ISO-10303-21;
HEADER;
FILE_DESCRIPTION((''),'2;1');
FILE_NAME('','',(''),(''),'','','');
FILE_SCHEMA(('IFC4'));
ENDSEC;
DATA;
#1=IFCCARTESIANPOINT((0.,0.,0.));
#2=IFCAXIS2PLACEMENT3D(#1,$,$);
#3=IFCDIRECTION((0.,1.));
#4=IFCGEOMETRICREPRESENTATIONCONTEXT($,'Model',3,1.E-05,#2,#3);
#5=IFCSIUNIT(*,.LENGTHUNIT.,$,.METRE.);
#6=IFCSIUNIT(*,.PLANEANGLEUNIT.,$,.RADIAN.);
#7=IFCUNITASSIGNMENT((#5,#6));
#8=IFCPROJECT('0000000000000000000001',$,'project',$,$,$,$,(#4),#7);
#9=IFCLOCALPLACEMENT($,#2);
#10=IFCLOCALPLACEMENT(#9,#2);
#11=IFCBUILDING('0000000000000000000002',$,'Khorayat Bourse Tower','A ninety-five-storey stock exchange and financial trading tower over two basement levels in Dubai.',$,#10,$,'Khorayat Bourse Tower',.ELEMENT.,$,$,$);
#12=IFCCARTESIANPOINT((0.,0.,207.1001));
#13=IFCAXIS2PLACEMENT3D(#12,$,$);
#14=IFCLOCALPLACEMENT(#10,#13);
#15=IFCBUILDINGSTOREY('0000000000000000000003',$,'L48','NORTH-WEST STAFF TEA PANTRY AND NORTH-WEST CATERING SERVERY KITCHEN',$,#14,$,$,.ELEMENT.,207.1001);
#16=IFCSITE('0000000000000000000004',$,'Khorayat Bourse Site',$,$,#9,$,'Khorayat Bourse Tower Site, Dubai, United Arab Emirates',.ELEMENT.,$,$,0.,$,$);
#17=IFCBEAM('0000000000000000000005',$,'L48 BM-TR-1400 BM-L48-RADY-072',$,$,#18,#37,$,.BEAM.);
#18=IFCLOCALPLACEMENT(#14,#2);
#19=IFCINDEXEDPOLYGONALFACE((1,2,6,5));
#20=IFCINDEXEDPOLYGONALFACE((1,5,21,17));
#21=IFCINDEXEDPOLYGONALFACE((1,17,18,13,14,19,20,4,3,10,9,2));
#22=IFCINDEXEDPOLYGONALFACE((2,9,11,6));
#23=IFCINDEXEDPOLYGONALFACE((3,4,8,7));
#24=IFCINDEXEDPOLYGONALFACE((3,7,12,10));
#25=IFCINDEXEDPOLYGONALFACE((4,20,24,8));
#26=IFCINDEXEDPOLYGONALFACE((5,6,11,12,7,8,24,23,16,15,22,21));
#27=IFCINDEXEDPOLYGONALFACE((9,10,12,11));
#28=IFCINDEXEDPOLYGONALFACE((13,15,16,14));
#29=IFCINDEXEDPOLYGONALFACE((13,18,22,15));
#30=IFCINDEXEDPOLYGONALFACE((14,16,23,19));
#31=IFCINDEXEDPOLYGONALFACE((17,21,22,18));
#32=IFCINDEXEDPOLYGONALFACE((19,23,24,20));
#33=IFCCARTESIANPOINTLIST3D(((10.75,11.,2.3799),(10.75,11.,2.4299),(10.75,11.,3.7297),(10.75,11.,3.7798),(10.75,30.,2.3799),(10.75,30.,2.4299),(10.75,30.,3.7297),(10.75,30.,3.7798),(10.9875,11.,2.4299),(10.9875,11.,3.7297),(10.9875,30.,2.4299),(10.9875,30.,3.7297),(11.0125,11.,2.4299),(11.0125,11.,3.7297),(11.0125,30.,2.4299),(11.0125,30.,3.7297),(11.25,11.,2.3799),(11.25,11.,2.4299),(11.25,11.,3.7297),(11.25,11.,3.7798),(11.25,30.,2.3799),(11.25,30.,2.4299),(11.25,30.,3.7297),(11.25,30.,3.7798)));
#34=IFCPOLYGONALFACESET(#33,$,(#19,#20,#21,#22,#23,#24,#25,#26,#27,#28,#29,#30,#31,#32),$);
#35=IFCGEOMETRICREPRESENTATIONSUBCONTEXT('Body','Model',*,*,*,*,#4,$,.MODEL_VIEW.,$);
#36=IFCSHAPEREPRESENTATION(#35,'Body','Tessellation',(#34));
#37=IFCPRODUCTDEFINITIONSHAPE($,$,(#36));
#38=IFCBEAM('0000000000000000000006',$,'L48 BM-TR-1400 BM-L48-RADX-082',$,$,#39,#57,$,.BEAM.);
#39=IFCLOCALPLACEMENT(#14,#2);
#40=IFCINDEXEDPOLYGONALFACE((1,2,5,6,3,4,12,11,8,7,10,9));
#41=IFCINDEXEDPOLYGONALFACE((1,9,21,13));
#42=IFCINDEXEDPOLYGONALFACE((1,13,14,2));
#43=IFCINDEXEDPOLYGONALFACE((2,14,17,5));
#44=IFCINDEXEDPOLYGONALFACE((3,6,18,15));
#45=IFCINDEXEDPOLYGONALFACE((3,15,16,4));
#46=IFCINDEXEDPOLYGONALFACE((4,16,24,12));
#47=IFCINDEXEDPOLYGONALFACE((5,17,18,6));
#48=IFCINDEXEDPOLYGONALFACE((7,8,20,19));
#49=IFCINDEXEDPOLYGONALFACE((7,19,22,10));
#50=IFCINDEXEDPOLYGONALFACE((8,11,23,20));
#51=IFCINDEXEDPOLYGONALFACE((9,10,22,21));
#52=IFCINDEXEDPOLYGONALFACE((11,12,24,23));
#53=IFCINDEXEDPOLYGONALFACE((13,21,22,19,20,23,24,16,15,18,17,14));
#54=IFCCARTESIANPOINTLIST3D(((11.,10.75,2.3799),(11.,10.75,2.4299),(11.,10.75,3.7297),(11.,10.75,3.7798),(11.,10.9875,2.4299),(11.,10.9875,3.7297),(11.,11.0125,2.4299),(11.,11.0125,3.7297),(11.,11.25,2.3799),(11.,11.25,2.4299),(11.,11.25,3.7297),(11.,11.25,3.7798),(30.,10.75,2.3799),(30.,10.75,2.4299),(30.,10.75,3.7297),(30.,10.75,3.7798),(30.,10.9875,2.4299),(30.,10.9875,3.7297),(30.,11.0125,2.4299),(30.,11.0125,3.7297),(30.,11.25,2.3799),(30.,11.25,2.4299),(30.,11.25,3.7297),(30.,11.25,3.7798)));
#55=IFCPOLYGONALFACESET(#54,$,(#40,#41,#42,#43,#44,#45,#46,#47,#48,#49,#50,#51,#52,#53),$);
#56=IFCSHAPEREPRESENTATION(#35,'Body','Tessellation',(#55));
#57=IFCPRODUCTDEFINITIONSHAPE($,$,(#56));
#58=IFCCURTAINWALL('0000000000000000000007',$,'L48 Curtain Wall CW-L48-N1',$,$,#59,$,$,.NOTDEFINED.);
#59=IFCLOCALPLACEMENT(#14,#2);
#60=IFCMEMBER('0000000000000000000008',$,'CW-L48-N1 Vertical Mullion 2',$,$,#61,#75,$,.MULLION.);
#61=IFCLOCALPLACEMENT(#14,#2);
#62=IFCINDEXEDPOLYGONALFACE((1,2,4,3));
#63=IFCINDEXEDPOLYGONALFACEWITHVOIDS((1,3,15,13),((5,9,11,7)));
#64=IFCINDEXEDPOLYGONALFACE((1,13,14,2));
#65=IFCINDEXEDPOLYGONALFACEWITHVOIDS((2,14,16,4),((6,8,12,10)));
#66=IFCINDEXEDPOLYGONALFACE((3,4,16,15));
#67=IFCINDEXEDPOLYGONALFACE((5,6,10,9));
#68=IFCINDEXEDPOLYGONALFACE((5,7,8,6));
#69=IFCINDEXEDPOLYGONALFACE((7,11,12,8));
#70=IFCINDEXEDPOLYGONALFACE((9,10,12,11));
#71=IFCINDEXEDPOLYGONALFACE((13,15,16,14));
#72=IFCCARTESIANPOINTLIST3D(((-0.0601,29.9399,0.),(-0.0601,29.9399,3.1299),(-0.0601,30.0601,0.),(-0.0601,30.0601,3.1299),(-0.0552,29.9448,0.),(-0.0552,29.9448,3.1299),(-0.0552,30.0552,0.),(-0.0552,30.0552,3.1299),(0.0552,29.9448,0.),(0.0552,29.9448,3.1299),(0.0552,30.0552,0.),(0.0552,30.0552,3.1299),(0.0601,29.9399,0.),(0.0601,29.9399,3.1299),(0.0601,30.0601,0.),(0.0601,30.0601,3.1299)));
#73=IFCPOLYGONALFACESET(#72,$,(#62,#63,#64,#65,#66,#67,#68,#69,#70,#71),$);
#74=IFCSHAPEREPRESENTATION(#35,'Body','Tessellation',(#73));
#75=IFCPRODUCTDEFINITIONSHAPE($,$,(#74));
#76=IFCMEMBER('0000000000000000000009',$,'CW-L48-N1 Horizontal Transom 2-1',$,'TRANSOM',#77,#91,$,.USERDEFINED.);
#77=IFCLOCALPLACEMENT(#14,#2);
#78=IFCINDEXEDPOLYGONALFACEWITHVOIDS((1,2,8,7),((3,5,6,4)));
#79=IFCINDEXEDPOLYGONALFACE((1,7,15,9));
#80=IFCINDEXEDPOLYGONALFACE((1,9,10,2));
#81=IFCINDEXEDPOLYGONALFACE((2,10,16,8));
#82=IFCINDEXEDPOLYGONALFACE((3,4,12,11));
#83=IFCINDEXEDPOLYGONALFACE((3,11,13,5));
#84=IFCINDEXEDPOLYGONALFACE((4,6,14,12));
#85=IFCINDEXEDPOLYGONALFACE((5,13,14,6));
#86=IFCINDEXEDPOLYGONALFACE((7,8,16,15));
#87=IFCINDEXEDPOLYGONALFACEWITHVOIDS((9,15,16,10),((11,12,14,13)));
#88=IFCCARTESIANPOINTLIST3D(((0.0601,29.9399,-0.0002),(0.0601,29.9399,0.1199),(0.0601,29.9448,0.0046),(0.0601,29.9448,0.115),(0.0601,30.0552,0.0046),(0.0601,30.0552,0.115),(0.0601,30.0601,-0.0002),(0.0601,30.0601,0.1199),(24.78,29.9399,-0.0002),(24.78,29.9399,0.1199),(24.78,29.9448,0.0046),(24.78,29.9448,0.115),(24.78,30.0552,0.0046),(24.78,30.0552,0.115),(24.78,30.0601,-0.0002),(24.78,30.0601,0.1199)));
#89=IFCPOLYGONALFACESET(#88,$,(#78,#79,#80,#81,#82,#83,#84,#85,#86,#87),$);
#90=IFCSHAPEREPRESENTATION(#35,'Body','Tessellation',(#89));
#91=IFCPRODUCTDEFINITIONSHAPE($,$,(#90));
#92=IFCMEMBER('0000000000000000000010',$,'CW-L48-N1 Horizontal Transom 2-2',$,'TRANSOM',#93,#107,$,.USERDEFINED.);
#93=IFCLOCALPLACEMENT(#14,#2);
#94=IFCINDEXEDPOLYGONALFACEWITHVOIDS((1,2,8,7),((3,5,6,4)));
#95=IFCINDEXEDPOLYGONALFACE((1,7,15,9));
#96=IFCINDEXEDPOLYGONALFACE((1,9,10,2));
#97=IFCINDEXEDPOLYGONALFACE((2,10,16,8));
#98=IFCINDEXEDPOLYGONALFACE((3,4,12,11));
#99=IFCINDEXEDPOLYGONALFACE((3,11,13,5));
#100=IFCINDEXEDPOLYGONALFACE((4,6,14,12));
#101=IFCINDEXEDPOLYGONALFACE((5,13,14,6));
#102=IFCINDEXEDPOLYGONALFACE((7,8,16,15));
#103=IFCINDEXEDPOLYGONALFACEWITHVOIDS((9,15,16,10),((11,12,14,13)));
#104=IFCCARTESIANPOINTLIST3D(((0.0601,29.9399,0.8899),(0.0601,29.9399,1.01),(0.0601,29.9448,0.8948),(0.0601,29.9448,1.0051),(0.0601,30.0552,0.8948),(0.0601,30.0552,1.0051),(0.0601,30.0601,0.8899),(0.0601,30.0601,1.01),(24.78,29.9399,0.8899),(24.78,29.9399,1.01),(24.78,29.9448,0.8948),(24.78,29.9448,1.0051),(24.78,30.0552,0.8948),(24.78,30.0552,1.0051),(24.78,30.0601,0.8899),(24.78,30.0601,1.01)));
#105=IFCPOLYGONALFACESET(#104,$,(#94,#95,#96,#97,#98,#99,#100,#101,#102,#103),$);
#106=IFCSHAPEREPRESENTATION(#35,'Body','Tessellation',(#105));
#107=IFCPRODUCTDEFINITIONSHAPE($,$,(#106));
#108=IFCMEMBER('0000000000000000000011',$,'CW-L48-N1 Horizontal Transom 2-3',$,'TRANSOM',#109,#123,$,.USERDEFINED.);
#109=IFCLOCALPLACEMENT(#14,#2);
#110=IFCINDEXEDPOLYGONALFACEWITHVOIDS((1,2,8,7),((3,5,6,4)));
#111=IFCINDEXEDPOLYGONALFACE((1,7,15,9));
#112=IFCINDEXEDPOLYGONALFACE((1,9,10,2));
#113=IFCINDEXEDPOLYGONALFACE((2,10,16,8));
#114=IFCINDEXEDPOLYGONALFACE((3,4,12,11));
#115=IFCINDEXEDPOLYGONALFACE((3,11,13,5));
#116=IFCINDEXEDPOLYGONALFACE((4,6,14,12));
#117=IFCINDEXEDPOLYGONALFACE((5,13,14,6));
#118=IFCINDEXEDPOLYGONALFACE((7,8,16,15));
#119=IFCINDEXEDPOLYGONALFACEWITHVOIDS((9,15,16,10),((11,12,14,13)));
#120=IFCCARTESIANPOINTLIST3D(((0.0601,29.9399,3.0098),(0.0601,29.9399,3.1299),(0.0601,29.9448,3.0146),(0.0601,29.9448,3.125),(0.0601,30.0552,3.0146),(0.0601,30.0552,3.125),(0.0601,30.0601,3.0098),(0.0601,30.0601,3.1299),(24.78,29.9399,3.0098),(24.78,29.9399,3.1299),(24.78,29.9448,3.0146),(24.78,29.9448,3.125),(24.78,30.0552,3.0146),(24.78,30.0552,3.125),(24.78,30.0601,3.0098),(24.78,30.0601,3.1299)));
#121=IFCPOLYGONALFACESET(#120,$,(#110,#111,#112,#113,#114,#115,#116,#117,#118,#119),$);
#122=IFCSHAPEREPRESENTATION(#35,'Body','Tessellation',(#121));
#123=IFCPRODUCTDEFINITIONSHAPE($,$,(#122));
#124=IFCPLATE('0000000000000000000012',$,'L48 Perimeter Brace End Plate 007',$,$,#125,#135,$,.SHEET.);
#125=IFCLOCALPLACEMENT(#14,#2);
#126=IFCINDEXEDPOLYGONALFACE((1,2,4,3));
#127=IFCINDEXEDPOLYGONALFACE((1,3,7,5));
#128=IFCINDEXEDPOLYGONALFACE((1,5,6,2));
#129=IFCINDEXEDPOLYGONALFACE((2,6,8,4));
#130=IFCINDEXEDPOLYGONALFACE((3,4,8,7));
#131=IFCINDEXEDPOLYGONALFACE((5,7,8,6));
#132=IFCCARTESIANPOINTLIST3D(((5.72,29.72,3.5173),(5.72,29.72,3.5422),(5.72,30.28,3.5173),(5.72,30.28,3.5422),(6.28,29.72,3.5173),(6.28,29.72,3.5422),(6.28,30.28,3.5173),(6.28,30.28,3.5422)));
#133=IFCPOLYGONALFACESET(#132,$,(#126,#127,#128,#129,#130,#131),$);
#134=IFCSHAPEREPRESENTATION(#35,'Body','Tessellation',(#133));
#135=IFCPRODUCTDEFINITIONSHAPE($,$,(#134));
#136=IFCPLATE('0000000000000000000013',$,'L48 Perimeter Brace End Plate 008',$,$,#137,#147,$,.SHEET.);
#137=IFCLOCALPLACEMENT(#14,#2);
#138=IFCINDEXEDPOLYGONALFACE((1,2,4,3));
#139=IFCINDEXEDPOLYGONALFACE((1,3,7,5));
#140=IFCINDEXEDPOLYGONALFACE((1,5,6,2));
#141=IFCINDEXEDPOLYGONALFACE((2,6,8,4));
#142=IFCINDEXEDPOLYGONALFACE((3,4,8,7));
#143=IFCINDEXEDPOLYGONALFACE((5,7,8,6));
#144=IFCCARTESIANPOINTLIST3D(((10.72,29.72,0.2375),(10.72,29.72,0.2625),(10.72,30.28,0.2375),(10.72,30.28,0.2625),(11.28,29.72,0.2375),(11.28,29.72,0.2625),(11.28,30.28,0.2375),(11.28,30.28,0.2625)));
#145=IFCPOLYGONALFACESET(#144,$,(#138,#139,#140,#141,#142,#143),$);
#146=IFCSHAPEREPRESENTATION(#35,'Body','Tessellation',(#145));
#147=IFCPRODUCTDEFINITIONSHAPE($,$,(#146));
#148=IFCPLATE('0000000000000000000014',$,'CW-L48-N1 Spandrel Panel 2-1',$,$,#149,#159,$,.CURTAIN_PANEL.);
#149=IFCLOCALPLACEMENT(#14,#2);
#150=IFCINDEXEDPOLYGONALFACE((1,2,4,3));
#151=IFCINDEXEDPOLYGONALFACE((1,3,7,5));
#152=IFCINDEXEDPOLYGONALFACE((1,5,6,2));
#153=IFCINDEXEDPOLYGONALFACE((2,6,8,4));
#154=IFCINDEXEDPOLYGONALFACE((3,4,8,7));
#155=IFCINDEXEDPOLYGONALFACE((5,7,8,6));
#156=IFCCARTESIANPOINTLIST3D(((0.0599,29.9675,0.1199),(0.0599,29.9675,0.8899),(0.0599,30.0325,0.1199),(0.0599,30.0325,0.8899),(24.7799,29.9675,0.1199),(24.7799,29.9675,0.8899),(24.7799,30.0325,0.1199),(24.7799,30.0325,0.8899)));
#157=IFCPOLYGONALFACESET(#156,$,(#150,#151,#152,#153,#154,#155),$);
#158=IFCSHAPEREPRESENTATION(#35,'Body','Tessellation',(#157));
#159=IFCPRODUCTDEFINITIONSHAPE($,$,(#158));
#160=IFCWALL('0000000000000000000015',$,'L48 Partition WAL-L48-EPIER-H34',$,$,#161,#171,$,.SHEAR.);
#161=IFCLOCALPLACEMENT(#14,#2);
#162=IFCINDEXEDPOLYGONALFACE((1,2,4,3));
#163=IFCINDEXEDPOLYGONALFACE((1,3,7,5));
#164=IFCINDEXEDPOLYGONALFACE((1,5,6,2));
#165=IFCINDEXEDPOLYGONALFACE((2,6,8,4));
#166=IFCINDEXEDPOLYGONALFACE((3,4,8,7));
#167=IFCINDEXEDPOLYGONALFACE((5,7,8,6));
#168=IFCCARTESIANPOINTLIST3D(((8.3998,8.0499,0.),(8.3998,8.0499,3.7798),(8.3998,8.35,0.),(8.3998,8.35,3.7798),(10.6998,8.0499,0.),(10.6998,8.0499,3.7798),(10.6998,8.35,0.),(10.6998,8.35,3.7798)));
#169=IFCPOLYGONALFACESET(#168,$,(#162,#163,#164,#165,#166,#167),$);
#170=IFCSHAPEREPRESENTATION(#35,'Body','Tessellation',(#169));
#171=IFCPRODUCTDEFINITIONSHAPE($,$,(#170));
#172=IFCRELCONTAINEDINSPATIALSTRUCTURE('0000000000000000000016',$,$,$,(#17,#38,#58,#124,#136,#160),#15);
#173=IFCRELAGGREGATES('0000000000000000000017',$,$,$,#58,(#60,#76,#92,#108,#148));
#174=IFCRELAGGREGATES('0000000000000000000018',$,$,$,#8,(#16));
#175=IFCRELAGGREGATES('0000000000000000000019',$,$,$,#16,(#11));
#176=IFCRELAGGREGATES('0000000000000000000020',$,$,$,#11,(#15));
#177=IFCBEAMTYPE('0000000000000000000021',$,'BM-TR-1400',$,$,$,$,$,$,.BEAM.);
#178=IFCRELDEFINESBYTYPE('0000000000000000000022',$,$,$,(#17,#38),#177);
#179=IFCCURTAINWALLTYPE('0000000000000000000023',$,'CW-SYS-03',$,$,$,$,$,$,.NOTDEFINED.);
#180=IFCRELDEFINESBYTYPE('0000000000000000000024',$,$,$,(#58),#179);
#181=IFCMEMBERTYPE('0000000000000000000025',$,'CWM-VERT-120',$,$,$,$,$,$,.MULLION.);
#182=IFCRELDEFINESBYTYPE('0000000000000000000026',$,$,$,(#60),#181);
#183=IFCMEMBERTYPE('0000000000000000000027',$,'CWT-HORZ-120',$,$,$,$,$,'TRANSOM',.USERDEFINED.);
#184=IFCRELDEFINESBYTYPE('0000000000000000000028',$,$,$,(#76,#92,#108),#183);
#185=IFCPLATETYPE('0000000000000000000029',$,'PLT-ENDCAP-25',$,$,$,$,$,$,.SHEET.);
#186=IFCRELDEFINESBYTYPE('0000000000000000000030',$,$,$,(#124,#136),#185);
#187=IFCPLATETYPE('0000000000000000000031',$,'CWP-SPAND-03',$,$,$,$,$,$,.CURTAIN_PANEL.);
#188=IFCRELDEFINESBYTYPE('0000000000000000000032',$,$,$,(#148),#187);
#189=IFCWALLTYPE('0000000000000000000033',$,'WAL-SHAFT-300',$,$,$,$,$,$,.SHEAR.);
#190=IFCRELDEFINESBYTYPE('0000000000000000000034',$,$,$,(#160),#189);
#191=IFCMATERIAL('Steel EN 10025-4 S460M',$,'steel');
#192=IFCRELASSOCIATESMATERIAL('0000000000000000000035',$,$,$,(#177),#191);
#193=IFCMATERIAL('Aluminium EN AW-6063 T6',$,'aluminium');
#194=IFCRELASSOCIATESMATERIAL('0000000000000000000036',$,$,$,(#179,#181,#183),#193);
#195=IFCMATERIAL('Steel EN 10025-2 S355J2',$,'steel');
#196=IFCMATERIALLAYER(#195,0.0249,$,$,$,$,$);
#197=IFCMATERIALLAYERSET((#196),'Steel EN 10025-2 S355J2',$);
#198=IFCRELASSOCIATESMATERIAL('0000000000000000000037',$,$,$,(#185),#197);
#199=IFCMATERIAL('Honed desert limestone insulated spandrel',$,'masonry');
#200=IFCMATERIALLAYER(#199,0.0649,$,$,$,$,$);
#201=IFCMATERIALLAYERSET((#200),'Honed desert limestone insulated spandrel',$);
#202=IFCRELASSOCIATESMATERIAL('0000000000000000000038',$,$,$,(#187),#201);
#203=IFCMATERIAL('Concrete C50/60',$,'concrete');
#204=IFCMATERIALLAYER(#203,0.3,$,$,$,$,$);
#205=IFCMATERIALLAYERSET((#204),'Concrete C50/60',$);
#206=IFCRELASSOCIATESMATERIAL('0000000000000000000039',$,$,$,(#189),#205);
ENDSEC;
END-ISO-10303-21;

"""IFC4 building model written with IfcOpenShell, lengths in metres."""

from ifc_helpers import new_model, si_unit, direction, frame, frame_2d, origin, origin_2d, place, context, subcontext, project, spatial, rectangle, hollow_rectangle, i_section, extrude, source, transform, mapped, material, layer, layer_set, material_profile, profile_set, type_object, element, aggregate, save


model = new_model("IFC4")

# Units and contexts
model_context = context("Model", 3, precision=1e-05, world=origin(), true_north=direction((0.0, 1.0)))
body_context = subcontext(model_context, "Body", "Model", "MODEL_VIEW")
ifc_project = project(units=[si_unit("LENGTHUNIT", "METRE"), si_unit("PLANEANGLEUNIT", "RADIAN")], contexts=[model_context])

# Site, building, storey
site_placement = place(None, origin())
site = spatial("IfcSite", under=ifc_project, at=site_placement, Name="Khorayat Bourse Site", LongName="Khorayat Bourse Tower Site, Dubai, United Arab Emirates", CompositionType="ELEMENT", RefElevation=0.0)
building_placement = place(site_placement, origin())
building = spatial("IfcBuilding", under=site, at=building_placement, Name="Khorayat Bourse Tower", Description="A ninety-five-storey stock exchange and financial trading tower over two basement levels in Dubai.", LongName="Khorayat Bourse Tower", CompositionType="ELEMENT")
storey_placement = place(building_placement, frame((0.0, 0.0, 207.1001)))
storey = spatial("IfcBuildingStorey", under=building, at=storey_placement, Name="L48", Description="NORTH-WEST STAFF TEA PANTRY AND NORTH-WEST CATERING SERVERY KITCHEN", CompositionType="ELEMENT", Elevation=207.1001)

# Shared definitions
ifc_material_1 = material(Name="Steel EN 10025-4 S460M", Category="steel")

# Beams
ifc_material_profile_1 = material_profile(ifc_material_1, i_section(OverallWidth=0.5, OverallDepth=1.3999, WebThickness=0.0249, FlangeThickness=0.05, at=origin_2d()), Name="PG 1400x500x25x50")
ifc_profile_set_1 = profile_set([ifc_material_profile_1], Name="Steel EN 10025-4 S460M")
beam_type_1 = type_object("IfcBeamType", Name="BM-TR-1400", PredefinedType="BEAM", material=ifc_profile_set_1)
shared_shape_1 = source(origin(), body_context, "Body", "SweptSolid", [
    extrude(i_section(OverallWidth=0.5, OverallDepth=1.3999, WebThickness=0.0249, FlangeThickness=0.05, at=origin_2d()), origin(), (0.0, 0.0, 1.0), 19.0),
])
for number, where, z_axis, x_axis, name in (
    (1, (11.0, 11.0, 3.0798), (0.0, 1.0, 0.0), (-1.0, 0.0, 0.0), "L48 BM-TR-1400 BM-L48-RADY-072"),
    (2, (11.0, 11.0, 3.0798), (1.0, 0.0, 0.0), (0.0, 1.0, 0.0), "L48 BM-TR-1400 BM-L48-RADX-082"),
):
    element("IfcBeam", number, at=place(storey_placement, frame(where, z_axis=z_axis, x_axis=x_axis)), inside=storey, type_object=beam_type_1, Name=name, PredefinedType="BEAM", context=body_context, shape_type="MappedRepresentation", body=[
        mapped(shared_shape_1, transform((0.0, 0.0, 0.0), scale=1.0)),
    ])

# Curtain wall, members
ifc_material_2 = material(Name="Aluminium EN AW-6063 T6", Category="aluminium")
curtain_wall_type = type_object("IfcCurtainWallType", Name="CW-SYS-03", PredefinedType="NOTDEFINED", material=ifc_material_2)
curtain_wall_placement = place(storey_placement, origin())
curtain_wall = element("IfcCurtainWall", 3, at=curtain_wall_placement, inside=storey, type_object=curtain_wall_type, Name="L48 Curtain Wall CW-L48-N1", PredefinedType="NOTDEFINED")
ifc_material_profile_2 = material_profile(ifc_material_2, hollow_rectangle(XDim=0.1201, YDim=0.1201, WallThickness=0.0049, at=origin_2d()), Name="ALU 120x120x5")
ifc_profile_set_2 = profile_set([ifc_material_profile_2], Name="Aluminium EN AW-6063 T6")
member_type_1 = type_object("IfcMemberType", Name="CWM-VERT-120", PredefinedType="MULLION", material=ifc_profile_set_2)
shared_shape_2 = source(origin(), body_context, "Body", "SweptSolid", [
    extrude(hollow_rectangle(XDim=0.1201, YDim=0.1201, WallThickness=0.0049, at=origin_2d()), origin(), (0.0, 0.0, 1.0), 3.1299),
])
member_1_placement = place(storey_placement, frame((0.0, 30.0, 0.0), z_axis=(0.0, 0.0, 1.0), x_axis=(0.0, 1.0, 0.0)))
member_1 = element("IfcMember", 4, at=member_1_placement, type_object=member_type_1, Name="CW-L48-N1 Vertical Mullion 2", PredefinedType="MULLION", context=body_context, shape_type="MappedRepresentation", body=[
    mapped(shared_shape_2, transform((0.0, 0.0, 0.0), scale=1.0)),
])
ifc_material_profile_3 = material_profile(ifc_material_2, hollow_rectangle(XDim=0.1201, YDim=0.1201, WallThickness=0.0049, at=origin_2d()), Name="ALU 120x120x5")
ifc_profile_set_3 = profile_set([ifc_material_profile_3], Name="Aluminium EN AW-6063 T6")
member_type_2 = type_object("IfcMemberType", Name="CWT-HORZ-120", ElementType="TRANSOM", PredefinedType="USERDEFINED", material=ifc_profile_set_3)
shared_shape_3 = source(origin(), body_context, "Body", "SweptSolid", [
    extrude(hollow_rectangle(XDim=0.1201, YDim=0.1201, WallThickness=0.0049, at=origin_2d()), origin(), (0.0, 0.0, 1.0), 24.72),
])
member_2_placement = place(storey_placement, frame((0.0601, 30.0, 0.0598), z_axis=(1.0, 0.0, 0.0), x_axis=(0.0, 1.0, 0.0)))
member_2 = element("IfcMember", 5, at=member_2_placement, type_object=member_type_2, Name="CW-L48-N1 Horizontal Transom 2-1", ObjectType="TRANSOM", PredefinedType="USERDEFINED", context=body_context, shape_type="MappedRepresentation", body=[
    mapped(shared_shape_3, transform((0.0, 0.0, 0.0), scale=1.0)),
])
member_3_placement = place(storey_placement, frame((0.0601, 30.0, 0.95), z_axis=(1.0, 0.0, 0.0), x_axis=(0.0, 1.0, 0.0)))
member_3 = element("IfcMember", 6, at=member_3_placement, type_object=member_type_2, Name="CW-L48-N1 Horizontal Transom 2-2", ObjectType="TRANSOM", PredefinedType="USERDEFINED", context=body_context, shape_type="MappedRepresentation", body=[
    mapped(shared_shape_3, transform((0.0, 0.0, 0.0), scale=1.0)),
])
member_4_placement = place(storey_placement, frame((0.0601, 30.0, 3.0698), z_axis=(1.0, 0.0, 0.0), x_axis=(0.0, 1.0, 0.0)))
member_4 = element("IfcMember", 7, at=member_4_placement, type_object=member_type_2, Name="CW-L48-N1 Horizontal Transom 2-3", ObjectType="TRANSOM", PredefinedType="USERDEFINED", context=body_context, shape_type="MappedRepresentation", body=[
    mapped(shared_shape_3, transform((0.0, 0.0, 0.0), scale=1.0)),
])

# Plates
ifc_material_3 = material(Name="Steel EN 10025-2 S355J2", Category="steel")
ifc_layer_1 = layer(ifc_material_3, 0.0249)
ifc_layer_set_1 = layer_set([ifc_layer_1], Name="Steel EN 10025-2 S355J2")
plate_type_1 = type_object("IfcPlateType", Name="PLT-ENDCAP-25", PredefinedType="SHEET", material=ifc_layer_set_1)
shared_shape_4 = source(origin(), body_context, "Body", "SweptSolid", [
    extrude(rectangle(XDim=0.5601, YDim=0.5601, at=origin_2d()), origin(), (0.0, 0.0, 1.0), 0.0249),
])
for number, where, z_axis, x_axis, name in (
    (8, (6.0, 30.0, 3.5173), (0.0, 0.0, 1.0), (1.0, 0.0, 0.0), "L48 Perimeter Brace End Plate 007"),
    (9, (11.0, 30.0, 0.2375), (0.0, 0.0, 1.0), (1.0, 0.0, 0.0), "L48 Perimeter Brace End Plate 008"),
):
    element("IfcPlate", number, at=place(storey_placement, frame(where, z_axis=z_axis, x_axis=x_axis)), inside=storey, type_object=plate_type_1, Name=name, PredefinedType="SHEET", context=body_context, shape_type="MappedRepresentation", body=[
        mapped(shared_shape_4, transform((0.0, 0.0, 0.0), scale=1.0)),
    ])

# Plate
ifc_material_4 = material(Name="Honed desert limestone insulated spandrel", Category="masonry")
ifc_layer_2 = layer(ifc_material_4, 0.0649)
ifc_layer_set_2 = layer_set([ifc_layer_2], Name="Honed desert limestone insulated spandrel")
plate_type_2 = type_object("IfcPlateType", Name="CWP-SPAND-03", PredefinedType="CURTAIN_PANEL", material=ifc_layer_set_2)
shared_shape_5 = source(origin(), body_context, "Body", "SweptSolid", [
    extrude(rectangle(XDim=24.72, YDim=0.0649, at=origin_2d()), origin(), (0.0, 0.0, 1.0), 0.77),
])
plate_placement = place(storey_placement, frame((12.4199, 30.0, 0.1199), z_axis=(0.0, 0.0, 1.0), x_axis=(1.0, 0.0, 0.0)))
plate = element("IfcPlate", 10, at=plate_placement, type_object=plate_type_2, Name="CW-L48-N1 Spandrel Panel 2-1", PredefinedType="CURTAIN_PANEL", context=body_context, shape_type="MappedRepresentation", body=[
    mapped(shared_shape_5, transform((0.0, 0.0, 0.0), scale=1.0)),
])
aggregate(curtain_wall, [member_1, member_2, member_3, member_4, plate])

# Wall
ifc_material_5 = material(Name="Concrete C50/60", Category="concrete")
ifc_layer_3 = layer(ifc_material_5, 0.3)
ifc_layer_set_3 = layer_set([ifc_layer_3], Name="Concrete C50/60")
wall_type_1 = type_object("IfcWallType", Name="WAL-SHAFT-300", PredefinedType="SHEAR", material=ifc_layer_set_3)
shared_shape_6 = source(origin(), body_context, "Body", "SweptSolid", [
    extrude(rectangle(XDim=2.3, YDim=0.3, at=frame_2d((1.1499, 0.0))), origin(), (0.0, 0.0, 1.0), 3.7798),
])
wall_1_placement = place(storey_placement, frame((8.3999, 8.2, 0.0), z_axis=(0.0, 0.0, 1.0), x_axis=(1.0, 0.0, 0.0)))
element("IfcWall", 11, at=wall_1_placement, inside=storey, type_object=wall_type_1, Name="L48 Partition WAL-L48-EPIER-H34", PredefinedType="SHEAR", context=body_context, shape_type="MappedRepresentation", body=[
    mapped(shared_shape_6, transform((0.0, 0.0, 0.0), scale=1.0)),
])

save(model, "model.ifc")
